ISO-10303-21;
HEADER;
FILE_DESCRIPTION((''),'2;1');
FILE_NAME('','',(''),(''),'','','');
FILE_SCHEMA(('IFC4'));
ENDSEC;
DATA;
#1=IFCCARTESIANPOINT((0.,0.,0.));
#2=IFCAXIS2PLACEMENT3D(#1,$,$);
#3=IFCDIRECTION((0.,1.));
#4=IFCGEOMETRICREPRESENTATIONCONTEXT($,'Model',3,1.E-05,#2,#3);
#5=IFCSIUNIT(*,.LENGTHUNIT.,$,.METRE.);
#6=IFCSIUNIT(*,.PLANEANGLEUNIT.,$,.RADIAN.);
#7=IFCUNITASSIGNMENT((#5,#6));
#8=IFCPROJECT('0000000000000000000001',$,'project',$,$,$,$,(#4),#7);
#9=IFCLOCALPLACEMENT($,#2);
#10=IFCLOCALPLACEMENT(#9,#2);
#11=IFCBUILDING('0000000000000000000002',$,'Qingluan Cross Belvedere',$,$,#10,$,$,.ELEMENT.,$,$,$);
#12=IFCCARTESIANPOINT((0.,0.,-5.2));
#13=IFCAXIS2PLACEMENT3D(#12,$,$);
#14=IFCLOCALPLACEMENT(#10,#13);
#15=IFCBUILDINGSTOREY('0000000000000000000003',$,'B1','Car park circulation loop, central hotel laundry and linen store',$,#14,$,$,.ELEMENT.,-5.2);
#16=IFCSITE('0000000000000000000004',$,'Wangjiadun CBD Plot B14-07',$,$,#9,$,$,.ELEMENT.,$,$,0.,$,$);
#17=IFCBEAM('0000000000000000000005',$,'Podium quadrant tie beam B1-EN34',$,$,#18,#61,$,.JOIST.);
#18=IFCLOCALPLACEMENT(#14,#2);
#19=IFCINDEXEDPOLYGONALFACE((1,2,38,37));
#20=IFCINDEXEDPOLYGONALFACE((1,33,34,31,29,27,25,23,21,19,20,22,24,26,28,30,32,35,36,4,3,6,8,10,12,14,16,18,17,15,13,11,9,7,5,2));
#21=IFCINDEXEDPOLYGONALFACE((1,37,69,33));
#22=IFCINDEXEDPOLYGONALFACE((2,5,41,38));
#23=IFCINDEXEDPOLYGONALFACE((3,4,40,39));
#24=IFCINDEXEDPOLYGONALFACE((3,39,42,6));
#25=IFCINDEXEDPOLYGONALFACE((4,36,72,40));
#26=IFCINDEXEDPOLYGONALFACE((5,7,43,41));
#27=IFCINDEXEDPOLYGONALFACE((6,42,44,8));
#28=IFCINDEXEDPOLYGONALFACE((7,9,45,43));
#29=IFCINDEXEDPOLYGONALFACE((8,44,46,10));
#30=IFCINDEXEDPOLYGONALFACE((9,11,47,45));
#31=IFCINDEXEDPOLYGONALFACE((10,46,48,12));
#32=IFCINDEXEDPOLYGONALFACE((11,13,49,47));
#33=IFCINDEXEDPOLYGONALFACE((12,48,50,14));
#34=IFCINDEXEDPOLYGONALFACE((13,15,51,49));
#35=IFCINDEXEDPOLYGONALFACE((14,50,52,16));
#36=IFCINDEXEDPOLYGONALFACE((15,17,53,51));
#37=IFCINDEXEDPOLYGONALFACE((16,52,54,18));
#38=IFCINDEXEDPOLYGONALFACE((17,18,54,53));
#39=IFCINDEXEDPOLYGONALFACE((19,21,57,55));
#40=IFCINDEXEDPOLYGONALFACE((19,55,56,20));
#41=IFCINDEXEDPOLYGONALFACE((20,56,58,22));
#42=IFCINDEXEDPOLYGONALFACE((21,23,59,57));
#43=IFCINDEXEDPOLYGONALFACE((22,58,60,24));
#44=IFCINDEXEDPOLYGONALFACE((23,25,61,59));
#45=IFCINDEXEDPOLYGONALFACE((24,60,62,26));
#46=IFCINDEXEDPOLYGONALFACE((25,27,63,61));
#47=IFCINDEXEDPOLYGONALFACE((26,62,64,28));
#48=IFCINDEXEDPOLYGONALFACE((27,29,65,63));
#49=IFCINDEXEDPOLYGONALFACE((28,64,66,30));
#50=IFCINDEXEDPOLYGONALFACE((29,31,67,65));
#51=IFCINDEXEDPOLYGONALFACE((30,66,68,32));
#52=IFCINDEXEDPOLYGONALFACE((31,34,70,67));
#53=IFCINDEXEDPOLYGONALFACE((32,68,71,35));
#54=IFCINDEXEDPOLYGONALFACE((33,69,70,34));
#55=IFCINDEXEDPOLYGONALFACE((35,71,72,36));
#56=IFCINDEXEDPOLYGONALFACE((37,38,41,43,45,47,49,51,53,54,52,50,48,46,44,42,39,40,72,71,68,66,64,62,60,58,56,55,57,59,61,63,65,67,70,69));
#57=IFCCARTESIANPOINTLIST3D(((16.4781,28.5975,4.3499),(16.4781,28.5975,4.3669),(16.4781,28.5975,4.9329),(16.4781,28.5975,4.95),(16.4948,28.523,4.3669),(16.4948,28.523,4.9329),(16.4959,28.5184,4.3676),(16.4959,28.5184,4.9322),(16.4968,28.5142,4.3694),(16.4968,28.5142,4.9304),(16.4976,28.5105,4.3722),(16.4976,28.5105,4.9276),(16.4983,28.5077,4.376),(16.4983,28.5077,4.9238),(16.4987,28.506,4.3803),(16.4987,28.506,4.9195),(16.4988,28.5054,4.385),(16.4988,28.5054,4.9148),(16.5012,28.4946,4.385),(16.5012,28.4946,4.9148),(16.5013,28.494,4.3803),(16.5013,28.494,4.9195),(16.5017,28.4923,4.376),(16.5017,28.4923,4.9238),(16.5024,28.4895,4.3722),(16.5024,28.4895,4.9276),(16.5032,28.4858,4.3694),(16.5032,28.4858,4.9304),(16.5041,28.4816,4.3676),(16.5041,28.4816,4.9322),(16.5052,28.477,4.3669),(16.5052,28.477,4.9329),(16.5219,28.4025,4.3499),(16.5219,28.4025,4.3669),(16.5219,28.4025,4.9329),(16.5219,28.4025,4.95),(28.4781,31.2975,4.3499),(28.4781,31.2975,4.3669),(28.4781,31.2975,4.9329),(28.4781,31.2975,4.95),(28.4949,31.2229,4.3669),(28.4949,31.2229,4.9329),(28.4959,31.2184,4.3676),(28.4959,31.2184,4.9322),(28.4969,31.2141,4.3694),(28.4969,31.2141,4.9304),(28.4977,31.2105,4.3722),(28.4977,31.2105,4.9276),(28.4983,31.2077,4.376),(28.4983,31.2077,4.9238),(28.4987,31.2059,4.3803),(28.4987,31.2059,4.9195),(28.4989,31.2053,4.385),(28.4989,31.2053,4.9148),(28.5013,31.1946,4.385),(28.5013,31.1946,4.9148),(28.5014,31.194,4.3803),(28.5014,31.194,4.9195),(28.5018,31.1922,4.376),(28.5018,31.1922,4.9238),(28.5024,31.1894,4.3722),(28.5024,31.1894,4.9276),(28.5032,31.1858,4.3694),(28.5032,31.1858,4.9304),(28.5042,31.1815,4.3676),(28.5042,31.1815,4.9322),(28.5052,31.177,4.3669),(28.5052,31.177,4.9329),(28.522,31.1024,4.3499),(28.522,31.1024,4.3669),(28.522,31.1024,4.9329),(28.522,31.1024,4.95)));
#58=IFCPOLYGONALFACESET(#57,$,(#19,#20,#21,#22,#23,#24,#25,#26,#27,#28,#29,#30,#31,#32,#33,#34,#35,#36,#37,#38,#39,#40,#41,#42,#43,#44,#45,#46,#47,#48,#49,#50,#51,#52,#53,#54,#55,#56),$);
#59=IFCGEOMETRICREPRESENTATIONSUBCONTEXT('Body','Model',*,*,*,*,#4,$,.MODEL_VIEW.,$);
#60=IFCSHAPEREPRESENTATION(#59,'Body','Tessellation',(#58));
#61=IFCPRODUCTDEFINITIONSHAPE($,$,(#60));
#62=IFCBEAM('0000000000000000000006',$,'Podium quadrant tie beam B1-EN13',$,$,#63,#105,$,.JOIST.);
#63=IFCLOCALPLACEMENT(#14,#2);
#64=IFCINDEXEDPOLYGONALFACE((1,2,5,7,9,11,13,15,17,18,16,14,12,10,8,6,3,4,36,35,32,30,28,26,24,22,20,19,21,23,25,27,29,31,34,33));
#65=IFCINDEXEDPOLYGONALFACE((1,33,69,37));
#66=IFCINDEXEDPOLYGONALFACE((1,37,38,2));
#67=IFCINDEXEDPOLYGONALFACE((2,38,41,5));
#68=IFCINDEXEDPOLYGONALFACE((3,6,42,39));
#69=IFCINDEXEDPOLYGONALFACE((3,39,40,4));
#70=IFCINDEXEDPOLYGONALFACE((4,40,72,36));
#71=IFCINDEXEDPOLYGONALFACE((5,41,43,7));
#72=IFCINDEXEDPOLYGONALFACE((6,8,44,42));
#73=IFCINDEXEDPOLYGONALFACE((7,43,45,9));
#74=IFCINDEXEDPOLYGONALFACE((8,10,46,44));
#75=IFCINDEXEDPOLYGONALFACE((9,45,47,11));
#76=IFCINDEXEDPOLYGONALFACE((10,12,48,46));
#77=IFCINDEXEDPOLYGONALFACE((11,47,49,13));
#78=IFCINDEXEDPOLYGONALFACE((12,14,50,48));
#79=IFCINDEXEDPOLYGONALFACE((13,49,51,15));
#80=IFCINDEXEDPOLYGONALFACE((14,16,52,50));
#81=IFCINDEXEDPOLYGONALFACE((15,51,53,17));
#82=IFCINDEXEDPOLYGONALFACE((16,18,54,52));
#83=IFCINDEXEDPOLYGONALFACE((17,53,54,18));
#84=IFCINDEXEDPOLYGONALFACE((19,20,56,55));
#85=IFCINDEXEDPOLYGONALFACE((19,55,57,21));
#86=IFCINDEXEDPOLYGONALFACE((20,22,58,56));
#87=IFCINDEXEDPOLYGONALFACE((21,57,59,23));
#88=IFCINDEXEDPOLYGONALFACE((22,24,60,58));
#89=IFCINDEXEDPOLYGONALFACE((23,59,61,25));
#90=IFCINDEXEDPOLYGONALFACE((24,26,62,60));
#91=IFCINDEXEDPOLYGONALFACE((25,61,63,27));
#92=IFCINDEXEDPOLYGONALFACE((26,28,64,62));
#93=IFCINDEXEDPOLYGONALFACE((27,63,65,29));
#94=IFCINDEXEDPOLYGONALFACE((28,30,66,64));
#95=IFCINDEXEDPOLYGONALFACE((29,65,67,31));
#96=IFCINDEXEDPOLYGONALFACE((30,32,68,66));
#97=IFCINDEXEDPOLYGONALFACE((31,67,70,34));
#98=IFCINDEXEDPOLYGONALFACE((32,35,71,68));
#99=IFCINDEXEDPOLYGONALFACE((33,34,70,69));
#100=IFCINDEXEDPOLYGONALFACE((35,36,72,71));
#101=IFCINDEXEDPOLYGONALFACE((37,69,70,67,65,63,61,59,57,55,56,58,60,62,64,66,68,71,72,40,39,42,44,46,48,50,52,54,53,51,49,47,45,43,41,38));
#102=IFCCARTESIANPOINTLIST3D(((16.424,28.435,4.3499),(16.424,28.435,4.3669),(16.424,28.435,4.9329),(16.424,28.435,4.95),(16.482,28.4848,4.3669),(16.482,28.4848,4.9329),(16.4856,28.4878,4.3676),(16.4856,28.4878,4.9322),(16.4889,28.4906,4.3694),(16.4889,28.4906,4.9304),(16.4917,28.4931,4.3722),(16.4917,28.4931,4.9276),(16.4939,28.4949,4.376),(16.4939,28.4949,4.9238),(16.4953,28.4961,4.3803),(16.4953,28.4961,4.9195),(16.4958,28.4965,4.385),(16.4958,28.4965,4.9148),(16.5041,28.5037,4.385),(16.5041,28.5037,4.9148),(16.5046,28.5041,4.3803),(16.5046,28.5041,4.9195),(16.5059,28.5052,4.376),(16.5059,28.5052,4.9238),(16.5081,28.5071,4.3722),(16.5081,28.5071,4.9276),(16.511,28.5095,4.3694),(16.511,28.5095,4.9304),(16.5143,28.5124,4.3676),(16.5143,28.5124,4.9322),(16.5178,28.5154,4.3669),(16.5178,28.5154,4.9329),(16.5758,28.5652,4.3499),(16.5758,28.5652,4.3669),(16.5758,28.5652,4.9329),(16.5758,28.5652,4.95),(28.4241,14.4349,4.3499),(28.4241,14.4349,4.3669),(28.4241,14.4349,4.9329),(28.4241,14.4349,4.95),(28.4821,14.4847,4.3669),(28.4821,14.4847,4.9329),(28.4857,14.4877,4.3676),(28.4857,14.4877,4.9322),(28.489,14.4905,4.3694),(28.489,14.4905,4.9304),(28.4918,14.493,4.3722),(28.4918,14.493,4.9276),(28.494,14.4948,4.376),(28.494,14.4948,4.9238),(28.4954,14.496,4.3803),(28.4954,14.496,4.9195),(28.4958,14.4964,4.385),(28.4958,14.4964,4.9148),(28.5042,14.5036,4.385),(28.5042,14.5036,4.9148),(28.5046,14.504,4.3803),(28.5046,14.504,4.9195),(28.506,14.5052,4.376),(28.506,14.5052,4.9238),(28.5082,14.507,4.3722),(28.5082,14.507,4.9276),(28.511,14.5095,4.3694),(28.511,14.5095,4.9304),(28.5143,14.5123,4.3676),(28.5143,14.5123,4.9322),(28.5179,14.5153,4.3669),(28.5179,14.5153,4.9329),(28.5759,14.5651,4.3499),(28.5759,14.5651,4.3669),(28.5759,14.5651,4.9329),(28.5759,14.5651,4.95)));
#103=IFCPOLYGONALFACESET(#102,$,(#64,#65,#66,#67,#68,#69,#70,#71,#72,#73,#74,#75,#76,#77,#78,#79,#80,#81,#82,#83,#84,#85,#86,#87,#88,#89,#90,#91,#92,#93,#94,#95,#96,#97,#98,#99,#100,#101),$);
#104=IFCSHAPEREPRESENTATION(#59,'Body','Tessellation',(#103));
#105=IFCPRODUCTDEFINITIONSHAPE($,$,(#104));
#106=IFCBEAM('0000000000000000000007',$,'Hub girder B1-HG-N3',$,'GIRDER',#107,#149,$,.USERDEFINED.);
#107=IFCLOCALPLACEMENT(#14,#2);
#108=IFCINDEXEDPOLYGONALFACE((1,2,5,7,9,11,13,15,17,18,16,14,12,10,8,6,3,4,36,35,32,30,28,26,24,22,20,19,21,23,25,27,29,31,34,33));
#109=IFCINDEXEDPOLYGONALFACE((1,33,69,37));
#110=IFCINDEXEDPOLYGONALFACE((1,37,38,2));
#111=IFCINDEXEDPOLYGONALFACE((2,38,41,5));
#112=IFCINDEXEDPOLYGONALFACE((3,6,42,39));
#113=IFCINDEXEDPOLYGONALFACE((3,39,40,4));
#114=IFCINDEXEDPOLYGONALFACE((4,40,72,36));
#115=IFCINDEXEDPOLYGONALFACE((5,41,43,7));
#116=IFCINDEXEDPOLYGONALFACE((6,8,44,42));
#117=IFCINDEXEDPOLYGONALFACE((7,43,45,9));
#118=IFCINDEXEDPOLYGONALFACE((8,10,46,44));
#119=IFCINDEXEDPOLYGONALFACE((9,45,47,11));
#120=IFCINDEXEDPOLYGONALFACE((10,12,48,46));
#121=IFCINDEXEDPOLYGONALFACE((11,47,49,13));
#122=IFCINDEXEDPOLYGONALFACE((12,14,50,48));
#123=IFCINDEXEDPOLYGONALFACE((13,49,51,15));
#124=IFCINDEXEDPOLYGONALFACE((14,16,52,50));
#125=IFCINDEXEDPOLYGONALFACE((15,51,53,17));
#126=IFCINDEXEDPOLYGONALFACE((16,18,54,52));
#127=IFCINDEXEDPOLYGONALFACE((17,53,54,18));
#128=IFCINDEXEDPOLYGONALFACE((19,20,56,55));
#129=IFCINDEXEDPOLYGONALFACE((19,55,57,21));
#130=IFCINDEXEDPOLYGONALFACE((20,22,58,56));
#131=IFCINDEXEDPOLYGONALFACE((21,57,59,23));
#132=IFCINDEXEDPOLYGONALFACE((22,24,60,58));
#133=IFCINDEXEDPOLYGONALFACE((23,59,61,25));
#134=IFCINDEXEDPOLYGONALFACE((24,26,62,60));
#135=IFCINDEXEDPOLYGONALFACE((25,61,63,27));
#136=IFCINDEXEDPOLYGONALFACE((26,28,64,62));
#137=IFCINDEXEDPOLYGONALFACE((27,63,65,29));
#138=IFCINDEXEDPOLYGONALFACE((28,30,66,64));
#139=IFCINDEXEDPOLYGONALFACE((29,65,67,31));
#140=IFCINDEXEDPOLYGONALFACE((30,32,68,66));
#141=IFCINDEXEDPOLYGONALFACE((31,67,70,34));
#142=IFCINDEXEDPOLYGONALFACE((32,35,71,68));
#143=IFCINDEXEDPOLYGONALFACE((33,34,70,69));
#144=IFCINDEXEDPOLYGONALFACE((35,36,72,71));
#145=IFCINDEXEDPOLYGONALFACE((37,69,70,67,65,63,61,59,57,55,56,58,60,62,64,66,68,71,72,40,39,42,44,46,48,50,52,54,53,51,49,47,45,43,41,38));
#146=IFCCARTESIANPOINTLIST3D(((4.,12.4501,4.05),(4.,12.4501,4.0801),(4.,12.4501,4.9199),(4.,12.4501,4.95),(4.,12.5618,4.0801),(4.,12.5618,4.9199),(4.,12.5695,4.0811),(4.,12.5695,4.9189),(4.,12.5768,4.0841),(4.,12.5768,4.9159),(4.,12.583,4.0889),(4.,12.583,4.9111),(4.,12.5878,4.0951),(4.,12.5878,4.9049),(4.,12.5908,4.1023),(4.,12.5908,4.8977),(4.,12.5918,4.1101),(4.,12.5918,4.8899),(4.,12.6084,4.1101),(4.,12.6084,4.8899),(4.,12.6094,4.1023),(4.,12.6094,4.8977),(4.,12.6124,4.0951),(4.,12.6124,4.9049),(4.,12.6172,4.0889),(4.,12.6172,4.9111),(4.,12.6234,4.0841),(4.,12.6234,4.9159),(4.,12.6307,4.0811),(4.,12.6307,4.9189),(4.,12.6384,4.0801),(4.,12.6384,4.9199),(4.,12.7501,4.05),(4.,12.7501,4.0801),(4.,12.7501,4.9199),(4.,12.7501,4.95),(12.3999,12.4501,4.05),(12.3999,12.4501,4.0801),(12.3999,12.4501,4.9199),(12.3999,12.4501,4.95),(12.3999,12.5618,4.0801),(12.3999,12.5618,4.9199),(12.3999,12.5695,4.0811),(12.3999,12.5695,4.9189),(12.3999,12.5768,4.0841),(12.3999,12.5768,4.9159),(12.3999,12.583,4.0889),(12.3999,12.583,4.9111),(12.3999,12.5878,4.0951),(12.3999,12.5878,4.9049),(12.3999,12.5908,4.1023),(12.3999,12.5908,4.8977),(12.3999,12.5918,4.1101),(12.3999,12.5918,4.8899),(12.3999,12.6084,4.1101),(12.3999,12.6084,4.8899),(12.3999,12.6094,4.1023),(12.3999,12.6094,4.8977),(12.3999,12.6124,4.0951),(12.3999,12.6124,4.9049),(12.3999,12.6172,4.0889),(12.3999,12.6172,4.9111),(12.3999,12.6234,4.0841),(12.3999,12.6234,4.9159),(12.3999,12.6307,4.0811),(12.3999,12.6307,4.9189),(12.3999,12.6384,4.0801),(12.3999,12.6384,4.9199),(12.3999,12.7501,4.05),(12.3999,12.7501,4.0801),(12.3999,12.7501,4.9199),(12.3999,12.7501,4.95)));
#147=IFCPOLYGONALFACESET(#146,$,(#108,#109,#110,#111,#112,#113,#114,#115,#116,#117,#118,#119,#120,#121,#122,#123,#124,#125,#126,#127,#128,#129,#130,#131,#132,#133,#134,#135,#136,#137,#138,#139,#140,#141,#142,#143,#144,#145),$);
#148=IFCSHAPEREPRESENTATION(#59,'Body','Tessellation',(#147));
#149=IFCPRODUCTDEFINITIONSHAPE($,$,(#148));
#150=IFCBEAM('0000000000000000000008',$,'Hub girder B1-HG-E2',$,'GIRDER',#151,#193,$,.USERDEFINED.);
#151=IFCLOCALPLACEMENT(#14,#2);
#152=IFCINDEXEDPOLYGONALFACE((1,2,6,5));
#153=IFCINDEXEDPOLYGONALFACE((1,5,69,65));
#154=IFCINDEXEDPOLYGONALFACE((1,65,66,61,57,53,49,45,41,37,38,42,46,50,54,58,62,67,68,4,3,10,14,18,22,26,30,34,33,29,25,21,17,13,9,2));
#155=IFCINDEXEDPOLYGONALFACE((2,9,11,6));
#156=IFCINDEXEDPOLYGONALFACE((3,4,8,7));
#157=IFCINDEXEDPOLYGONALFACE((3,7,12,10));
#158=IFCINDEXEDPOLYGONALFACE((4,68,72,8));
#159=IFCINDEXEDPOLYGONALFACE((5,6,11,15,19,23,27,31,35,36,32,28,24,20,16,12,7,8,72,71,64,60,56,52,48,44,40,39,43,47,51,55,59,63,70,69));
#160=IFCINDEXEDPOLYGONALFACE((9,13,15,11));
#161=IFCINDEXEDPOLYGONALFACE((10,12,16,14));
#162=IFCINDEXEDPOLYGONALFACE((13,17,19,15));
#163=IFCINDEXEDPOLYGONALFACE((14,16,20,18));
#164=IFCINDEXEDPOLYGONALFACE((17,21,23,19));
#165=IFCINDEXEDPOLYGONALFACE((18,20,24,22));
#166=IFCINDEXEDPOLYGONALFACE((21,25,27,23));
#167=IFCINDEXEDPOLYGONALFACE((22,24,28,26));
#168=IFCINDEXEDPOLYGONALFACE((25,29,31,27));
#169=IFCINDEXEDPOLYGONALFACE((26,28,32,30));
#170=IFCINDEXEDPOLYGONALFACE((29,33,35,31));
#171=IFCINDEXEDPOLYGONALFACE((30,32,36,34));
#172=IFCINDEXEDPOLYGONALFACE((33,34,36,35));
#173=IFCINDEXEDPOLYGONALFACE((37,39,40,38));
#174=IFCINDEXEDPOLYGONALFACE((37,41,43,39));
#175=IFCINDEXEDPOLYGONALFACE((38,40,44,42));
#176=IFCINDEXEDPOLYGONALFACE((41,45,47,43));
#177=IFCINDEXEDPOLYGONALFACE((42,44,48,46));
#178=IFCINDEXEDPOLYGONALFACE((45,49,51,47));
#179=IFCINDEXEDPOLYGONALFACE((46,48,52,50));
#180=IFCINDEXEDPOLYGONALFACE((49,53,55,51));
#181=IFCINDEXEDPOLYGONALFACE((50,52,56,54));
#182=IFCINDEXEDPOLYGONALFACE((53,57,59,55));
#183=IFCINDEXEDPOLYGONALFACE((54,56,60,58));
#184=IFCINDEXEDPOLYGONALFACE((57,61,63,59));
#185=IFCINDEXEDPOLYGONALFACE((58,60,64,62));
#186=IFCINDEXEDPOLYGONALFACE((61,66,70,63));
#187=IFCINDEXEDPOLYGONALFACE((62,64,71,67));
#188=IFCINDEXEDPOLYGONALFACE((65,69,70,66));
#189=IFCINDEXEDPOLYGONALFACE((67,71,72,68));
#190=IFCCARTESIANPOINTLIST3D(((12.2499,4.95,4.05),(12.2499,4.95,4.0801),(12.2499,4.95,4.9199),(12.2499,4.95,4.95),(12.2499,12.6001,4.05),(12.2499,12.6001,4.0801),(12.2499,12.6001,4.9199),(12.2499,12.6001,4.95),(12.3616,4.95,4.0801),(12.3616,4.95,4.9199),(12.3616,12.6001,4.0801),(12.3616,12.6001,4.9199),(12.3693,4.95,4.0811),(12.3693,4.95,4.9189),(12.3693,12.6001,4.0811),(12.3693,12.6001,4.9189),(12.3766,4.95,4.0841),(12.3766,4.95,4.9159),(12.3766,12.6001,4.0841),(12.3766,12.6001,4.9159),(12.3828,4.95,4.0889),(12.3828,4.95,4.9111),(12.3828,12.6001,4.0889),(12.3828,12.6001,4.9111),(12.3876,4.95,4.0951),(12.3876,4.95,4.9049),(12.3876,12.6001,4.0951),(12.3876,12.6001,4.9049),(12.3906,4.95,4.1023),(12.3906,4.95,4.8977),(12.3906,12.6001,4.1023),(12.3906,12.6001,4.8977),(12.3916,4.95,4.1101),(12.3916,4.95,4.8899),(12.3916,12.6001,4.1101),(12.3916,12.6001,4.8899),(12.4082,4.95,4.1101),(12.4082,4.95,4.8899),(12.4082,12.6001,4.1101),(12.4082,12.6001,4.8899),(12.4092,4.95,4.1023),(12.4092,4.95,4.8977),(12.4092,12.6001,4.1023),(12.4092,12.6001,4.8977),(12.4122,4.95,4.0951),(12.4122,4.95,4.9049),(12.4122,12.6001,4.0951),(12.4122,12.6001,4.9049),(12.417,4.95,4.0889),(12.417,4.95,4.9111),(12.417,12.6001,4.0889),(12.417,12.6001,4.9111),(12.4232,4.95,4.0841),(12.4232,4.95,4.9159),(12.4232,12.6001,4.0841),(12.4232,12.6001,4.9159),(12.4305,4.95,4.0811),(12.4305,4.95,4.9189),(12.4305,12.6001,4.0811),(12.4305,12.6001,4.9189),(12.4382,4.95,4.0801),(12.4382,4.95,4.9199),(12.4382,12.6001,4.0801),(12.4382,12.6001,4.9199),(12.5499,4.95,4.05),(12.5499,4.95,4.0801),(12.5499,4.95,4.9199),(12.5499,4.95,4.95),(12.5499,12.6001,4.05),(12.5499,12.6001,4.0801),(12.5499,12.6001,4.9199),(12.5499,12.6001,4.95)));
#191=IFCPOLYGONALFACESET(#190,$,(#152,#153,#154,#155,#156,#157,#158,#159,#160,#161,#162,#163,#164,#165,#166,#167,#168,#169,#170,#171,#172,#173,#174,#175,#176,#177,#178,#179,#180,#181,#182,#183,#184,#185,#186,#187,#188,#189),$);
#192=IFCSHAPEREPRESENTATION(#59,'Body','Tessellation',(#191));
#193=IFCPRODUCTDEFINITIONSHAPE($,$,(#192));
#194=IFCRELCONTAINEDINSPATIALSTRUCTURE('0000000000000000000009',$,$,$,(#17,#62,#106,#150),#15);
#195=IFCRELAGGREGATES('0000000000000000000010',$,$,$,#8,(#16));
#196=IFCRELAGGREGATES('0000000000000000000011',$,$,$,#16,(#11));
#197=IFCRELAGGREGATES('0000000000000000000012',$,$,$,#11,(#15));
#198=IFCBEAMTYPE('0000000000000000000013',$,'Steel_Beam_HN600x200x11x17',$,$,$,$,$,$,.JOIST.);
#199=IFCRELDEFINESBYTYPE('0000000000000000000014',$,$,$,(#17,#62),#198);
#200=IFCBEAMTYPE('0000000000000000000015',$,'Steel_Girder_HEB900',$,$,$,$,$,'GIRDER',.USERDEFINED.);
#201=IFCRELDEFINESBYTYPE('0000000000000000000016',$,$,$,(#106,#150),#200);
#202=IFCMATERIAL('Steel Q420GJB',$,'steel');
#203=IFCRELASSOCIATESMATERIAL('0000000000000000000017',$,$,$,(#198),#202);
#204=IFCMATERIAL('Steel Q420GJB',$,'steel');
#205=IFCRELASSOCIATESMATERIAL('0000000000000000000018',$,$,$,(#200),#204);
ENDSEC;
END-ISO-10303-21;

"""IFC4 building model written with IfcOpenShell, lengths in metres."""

from ifc_helpers import new_model, si_unit, direction, frame, origin, origin_2d, place, context, subcontext, project, spatial, i_section, extrude, material, material_profile, profile_set, type_object, element, save


model = new_model("IFC4")

# Units and contexts
model_context = context("Model", 3, precision=1e-05, world=origin(), true_north=direction((0.0, 1.0)))
body_context = subcontext(model_context, "Body", "Model", "MODEL_VIEW")
ifc_project = project(units=[si_unit("LENGTHUNIT", "METRE"), si_unit("PLANEANGLEUNIT", "RADIAN")], contexts=[model_context])

# Site, building, storey
site_placement = place(None, origin())
site = spatial("IfcSite", under=ifc_project, at=site_placement, Name="Wangjiadun CBD Plot B14-07", CompositionType="ELEMENT", RefElevation=0.0)
building_placement = place(site_placement, origin())
building = spatial("IfcBuilding", under=site, at=building_placement, Name="Qingluan Cross Belvedere", CompositionType="ELEMENT")
storey_placement = place(building_placement, frame((0.0, 0.0, -5.2)))
storey = spatial("IfcBuildingStorey", under=building, at=storey_placement, Name="B1", Description="Car park circulation loop, central hotel laundry and linen store", CompositionType="ELEMENT", Elevation=-5.2)

# Beams
ifc_material_1 = material(Name="Steel Q420GJB", Category="steel")
ifc_material_profile_1 = material_profile(ifc_material_1, i_section(OverallWidth=0.2, OverallDepth=0.6001, WebThickness=0.011, FlangeThickness=0.0171, FilletRadius=0.0181, at=origin_2d()), Name="HN600x200x11x17")
ifc_profile_set_1 = profile_set([ifc_material_profile_1], Name="Steel Q420GJB")
beam_type_1 = type_object("IfcBeamType", Name="Steel_Beam_HN600x200x11x17", PredefinedType="JOIST", material=ifc_profile_set_1)
beam_1_placement = place(storey_placement, frame((16.5, 28.5, 4.6499), z_axis=(0.975611, 0.219508, 0.0), x_axis=(-0.219508, 0.975611, 0.0)))
element("IfcBeam", 1, at=beam_1_placement, inside=storey, type_object=beam_type_1, Name="Podium quadrant tie beam B1-EN34", PredefinedType="JOIST", context=body_context, shape_type="SweptSolid", body=[
    extrude(i_section(OverallWidth=0.2, OverallDepth=0.6001, WebThickness=0.011, FlangeThickness=0.0171, FilletRadius=0.0181, at=origin_2d()), origin(), (0.0, 0.0, 1.0), 12.3),
])
beam_2_placement = place(storey_placement, frame((28.5, 14.5, 4.6499), z_axis=(-0.650791, 0.759257, 0.0), x_axis=(-0.759257, -0.650791, 0.0)))
element("IfcBeam", 2, at=beam_2_placement, inside=storey, type_object=beam_type_1, Name="Podium quadrant tie beam B1-EN13", PredefinedType="JOIST", context=body_context, shape_type="SweptSolid", body=[
    extrude(i_section(OverallWidth=0.2, OverallDepth=0.6001, WebThickness=0.011, FlangeThickness=0.0171, FilletRadius=0.0181, at=origin_2d()), origin(), (0.0, 0.0, 1.0), 18.4392),
])
ifc_material_2 = material(Name="Steel Q420GJB", Category="steel")
ifc_material_profile_2 = material_profile(ifc_material_2, i_section(OverallWidth=0.3, OverallDepth=0.8999, WebThickness=0.0166, FlangeThickness=0.03, FilletRadius=0.03, at=origin_2d()), Name="HEB900")
ifc_profile_set_2 = profile_set([ifc_material_profile_2], Name="Steel Q420GJB")
beam_type_2 = type_object("IfcBeamType", Name="Steel_Girder_HEB900", ElementType="GIRDER", PredefinedType="USERDEFINED", material=ifc_profile_set_2)
beam_3_placement = place(storey_placement, frame((4.0, 12.6001, 4.5), z_axis=(1.0, 0.0, 0.0), x_axis=(0.0, 1.0, 0.0)))
element("IfcBeam", 3, at=beam_3_placement, inside=storey, type_object=beam_type_2, Name="Hub girder B1-HG-N3", ObjectType="GIRDER", PredefinedType="USERDEFINED", context=body_context, shape_type="SweptSolid", body=[
    extrude(i_section(OverallWidth=0.3, OverallDepth=0.8999, WebThickness=0.0166, FlangeThickness=0.03, FilletRadius=0.03, at=origin_2d()), origin(), (0.0, 0.0, 1.0), 8.3999),
])
beam_4_placement = place(storey_placement, frame((12.3999, 4.95, 4.5), z_axis=(0.0, 1.0, 0.0), x_axis=(-1.0, 0.0, 0.0)))
element("IfcBeam", 4, at=beam_4_placement, inside=storey, type_object=beam_type_2, Name="Hub girder B1-HG-E2", ObjectType="GIRDER", PredefinedType="USERDEFINED", context=body_context, shape_type="SweptSolid", body=[
    extrude(i_section(OverallWidth=0.3, OverallDepth=0.8999, WebThickness=0.0166, FlangeThickness=0.03, FilletRadius=0.03, at=origin_2d()), origin(), (0.0, 0.0, 1.0), 7.6501),
])

save(model, "model.ifc")
